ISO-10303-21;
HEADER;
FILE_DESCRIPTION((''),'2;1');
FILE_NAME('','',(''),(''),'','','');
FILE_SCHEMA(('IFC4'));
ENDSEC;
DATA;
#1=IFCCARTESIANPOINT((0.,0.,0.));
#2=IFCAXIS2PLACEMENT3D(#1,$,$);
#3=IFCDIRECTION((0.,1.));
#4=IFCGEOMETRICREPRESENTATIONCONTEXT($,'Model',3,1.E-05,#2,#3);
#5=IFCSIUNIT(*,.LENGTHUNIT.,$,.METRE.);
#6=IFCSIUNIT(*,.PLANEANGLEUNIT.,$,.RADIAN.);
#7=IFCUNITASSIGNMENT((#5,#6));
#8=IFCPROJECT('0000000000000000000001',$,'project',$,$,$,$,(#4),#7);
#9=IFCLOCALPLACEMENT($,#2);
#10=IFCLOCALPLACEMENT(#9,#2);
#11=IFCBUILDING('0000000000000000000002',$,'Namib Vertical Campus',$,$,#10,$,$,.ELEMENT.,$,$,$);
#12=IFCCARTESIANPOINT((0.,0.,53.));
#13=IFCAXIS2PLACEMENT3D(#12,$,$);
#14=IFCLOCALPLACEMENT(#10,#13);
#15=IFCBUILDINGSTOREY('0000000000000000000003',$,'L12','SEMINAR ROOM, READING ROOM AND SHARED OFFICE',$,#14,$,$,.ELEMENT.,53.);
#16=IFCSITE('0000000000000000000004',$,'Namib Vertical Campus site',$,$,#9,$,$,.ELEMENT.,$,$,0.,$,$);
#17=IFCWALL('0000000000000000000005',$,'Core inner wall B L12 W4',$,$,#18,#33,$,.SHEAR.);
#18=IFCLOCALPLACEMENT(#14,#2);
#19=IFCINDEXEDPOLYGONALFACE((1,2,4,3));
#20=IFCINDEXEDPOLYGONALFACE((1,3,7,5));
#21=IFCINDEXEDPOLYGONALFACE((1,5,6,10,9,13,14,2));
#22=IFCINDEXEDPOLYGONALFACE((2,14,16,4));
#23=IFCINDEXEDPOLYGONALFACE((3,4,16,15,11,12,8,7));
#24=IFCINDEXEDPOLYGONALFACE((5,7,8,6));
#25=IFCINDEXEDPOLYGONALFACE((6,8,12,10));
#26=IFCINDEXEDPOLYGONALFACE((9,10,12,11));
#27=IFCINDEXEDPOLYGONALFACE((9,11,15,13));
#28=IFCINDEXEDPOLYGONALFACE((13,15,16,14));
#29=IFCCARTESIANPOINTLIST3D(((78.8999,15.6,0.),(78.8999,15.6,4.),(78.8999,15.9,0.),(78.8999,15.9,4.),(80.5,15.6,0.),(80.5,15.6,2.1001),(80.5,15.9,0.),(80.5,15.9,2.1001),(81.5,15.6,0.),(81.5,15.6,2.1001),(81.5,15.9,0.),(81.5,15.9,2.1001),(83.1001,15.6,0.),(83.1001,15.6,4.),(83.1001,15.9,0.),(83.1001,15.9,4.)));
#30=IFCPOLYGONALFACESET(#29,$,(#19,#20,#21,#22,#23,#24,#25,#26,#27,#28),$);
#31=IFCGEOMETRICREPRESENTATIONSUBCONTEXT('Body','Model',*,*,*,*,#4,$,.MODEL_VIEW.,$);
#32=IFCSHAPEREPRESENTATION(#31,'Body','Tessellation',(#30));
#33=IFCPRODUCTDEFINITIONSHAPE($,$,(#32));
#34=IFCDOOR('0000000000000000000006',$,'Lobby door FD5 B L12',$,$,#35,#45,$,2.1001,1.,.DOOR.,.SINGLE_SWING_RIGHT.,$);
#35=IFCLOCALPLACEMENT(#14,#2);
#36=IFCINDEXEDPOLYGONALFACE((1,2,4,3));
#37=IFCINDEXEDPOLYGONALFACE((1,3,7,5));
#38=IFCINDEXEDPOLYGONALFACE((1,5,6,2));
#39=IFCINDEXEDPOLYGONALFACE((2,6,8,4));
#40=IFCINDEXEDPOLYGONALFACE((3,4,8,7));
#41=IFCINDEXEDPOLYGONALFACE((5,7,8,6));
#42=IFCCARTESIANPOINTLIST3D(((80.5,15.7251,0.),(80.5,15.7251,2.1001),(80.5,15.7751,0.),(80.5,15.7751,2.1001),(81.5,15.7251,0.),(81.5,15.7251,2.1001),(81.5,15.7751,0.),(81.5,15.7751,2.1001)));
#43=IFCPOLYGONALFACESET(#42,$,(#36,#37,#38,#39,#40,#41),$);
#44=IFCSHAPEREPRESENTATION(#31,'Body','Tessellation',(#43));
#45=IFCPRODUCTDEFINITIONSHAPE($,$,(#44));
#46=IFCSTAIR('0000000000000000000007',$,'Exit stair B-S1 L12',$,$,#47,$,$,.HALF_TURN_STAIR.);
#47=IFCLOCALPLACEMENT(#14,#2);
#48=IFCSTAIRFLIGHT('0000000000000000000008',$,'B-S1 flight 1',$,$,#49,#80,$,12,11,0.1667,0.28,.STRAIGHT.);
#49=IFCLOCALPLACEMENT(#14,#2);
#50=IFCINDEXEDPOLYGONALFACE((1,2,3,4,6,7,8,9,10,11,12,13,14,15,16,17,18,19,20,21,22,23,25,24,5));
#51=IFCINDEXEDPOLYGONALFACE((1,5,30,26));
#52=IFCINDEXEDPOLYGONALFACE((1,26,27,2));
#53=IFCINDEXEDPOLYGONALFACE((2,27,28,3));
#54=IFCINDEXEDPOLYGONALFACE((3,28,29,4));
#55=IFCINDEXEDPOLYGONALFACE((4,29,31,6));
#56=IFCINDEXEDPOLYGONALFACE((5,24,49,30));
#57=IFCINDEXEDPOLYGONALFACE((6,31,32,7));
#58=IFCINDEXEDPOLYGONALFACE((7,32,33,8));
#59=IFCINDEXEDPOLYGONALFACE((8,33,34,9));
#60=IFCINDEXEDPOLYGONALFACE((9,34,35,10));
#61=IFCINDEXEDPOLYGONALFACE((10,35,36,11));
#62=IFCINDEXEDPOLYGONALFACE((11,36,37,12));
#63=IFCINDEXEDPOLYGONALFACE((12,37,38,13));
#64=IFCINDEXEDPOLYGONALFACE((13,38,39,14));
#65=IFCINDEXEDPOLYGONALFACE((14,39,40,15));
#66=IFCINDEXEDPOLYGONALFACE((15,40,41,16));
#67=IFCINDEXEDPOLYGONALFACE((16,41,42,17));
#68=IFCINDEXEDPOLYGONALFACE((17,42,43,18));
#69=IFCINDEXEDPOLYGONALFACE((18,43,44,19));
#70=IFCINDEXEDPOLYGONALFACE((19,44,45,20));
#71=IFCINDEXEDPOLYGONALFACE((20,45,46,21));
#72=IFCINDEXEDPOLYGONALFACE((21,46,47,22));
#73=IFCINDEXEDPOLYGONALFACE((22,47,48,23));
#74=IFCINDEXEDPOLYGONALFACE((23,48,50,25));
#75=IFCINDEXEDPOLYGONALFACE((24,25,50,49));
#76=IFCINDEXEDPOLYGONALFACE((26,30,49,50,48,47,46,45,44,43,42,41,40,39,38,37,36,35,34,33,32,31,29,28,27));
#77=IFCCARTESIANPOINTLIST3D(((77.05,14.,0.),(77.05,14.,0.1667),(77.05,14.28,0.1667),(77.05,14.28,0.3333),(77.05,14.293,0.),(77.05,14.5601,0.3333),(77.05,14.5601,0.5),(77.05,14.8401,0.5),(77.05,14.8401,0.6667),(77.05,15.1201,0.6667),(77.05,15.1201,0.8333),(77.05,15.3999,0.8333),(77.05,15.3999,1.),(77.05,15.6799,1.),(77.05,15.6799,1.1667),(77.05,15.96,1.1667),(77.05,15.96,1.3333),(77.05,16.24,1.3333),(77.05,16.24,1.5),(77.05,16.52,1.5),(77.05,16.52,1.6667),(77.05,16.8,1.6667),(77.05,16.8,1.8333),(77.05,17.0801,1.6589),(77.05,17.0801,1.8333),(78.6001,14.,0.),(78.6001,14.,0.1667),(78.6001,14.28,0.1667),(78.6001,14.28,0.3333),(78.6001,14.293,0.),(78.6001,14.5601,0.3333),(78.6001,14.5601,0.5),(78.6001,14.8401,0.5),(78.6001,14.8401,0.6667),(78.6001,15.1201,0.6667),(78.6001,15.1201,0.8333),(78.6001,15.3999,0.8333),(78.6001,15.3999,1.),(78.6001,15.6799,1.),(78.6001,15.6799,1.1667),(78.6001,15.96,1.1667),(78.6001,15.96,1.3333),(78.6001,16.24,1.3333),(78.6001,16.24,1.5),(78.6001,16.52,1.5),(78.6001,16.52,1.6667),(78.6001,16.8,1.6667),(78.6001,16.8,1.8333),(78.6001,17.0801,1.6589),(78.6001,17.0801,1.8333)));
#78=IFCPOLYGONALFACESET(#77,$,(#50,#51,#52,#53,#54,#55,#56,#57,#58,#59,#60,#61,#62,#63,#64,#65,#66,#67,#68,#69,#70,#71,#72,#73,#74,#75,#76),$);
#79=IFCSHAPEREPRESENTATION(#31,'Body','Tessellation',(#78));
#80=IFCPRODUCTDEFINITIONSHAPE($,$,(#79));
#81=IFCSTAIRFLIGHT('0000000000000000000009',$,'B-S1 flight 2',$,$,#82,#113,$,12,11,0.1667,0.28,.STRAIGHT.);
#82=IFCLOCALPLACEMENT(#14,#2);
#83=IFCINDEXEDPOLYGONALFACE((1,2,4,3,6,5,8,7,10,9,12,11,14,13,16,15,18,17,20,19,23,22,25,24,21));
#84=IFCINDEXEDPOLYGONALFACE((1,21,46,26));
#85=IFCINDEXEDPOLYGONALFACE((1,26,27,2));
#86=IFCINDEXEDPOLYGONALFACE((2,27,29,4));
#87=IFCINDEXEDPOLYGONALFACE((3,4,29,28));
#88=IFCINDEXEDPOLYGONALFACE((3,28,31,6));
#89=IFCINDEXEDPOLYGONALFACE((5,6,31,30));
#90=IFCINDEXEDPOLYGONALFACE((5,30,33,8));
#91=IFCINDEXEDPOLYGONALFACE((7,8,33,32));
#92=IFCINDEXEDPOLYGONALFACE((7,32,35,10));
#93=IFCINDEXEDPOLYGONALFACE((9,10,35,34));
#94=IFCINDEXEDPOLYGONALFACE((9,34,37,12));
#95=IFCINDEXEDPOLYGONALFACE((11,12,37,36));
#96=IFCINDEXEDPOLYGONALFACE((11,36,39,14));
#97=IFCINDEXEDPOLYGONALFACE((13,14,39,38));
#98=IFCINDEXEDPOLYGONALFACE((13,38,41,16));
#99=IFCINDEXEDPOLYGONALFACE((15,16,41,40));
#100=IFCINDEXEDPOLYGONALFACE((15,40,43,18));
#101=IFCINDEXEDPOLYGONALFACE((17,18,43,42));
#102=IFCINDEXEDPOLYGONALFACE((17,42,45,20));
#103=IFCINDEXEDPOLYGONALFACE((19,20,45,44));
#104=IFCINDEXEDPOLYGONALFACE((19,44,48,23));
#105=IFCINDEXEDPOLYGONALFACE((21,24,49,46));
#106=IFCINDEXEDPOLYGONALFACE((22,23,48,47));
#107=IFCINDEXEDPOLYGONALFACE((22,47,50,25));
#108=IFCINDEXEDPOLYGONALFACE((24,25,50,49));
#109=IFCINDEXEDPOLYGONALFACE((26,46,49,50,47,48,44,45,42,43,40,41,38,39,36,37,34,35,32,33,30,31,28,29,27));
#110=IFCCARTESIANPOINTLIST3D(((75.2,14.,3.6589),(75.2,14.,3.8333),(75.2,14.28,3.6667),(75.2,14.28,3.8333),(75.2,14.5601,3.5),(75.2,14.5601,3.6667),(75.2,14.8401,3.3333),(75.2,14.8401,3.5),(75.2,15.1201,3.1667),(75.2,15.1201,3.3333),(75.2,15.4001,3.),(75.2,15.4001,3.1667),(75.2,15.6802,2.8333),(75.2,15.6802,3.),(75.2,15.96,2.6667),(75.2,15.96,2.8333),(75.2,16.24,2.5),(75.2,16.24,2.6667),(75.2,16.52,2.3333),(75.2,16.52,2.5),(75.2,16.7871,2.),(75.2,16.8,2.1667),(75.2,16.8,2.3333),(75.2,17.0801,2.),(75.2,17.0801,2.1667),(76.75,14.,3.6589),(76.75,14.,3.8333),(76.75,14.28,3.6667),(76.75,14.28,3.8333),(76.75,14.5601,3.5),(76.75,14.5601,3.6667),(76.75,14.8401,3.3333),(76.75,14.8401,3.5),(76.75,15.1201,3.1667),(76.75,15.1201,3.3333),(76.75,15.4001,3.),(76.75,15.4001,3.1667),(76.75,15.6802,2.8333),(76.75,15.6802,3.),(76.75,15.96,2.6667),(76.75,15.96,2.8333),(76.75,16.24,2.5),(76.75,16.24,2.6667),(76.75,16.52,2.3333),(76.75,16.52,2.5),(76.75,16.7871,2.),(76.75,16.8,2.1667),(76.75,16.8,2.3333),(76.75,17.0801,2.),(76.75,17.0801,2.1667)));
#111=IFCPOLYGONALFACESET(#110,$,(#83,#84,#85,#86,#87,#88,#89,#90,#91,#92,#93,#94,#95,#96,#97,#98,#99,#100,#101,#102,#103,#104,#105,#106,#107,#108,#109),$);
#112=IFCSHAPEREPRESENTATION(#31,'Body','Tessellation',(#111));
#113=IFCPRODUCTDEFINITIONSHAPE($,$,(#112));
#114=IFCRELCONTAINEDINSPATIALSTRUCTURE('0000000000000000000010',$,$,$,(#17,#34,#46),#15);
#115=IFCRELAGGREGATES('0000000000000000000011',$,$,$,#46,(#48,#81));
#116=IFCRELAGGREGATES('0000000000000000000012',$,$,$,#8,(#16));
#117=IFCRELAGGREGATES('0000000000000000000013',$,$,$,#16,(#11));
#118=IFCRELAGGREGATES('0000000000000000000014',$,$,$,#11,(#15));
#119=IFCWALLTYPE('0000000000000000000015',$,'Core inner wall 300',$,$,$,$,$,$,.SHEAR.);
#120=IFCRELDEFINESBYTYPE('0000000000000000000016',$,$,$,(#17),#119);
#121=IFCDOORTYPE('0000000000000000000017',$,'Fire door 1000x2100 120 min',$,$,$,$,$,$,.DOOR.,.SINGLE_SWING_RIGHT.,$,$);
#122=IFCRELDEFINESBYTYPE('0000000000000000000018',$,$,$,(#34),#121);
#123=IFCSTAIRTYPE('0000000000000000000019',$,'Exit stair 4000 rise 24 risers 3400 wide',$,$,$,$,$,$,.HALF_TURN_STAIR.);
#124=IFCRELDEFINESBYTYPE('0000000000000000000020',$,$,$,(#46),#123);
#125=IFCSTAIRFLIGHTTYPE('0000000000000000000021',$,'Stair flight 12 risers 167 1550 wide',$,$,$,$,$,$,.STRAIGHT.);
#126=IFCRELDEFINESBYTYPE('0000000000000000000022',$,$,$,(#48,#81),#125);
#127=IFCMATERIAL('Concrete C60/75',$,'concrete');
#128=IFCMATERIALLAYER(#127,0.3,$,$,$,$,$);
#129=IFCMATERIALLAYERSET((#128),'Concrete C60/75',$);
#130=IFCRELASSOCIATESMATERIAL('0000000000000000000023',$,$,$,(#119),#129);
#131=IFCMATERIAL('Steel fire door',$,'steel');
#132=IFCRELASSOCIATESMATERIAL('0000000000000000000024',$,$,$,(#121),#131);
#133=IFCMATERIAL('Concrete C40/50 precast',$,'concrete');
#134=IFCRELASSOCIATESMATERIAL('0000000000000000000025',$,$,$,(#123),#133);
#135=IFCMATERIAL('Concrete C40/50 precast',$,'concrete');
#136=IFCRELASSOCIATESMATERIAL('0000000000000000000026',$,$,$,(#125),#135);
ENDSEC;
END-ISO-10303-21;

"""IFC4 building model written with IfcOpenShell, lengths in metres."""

from ifc_helpers import new_model, si_unit, direction, frame, frame_2d, origin, place, context, subcontext, project, spatial, polyline, rectangle, outline, extrude, material, layer, layer_set, type_object, element, fill, aggregate, save


model = new_model("IFC4")

# Units and contexts
model_context = context("Model", 3, precision=1e-05, world=origin(), true_north=direction((0.0, 1.0)))
body_context = subcontext(model_context, "Body", "Model", "MODEL_VIEW")
ifc_project = project(units=[si_unit("LENGTHUNIT", "METRE"), si_unit("PLANEANGLEUNIT", "RADIAN")], contexts=[model_context])

# Site, building, storey
site_placement = place(None, origin())
site = spatial("IfcSite", under=ifc_project, at=site_placement, Name="Namib Vertical Campus site", CompositionType="ELEMENT", RefElevation=0.0)
building_placement = place(site_placement, origin())
building = spatial("IfcBuilding", under=site, at=building_placement, Name="Namib Vertical Campus", CompositionType="ELEMENT")
storey_placement = place(building_placement, frame((0.0, 0.0, 53.0)))
storey = spatial("IfcBuildingStorey", under=building, at=storey_placement, Name="L12", Description="SEMINAR ROOM, READING ROOM AND SHARED OFFICE", CompositionType="ELEMENT", Elevation=53.0)

# Shared definitions
ifc_material_1 = material(Name="Concrete C60/75", Category="concrete")
ifc_layer = layer(ifc_material_1, 0.3)
ifc_layer_set = layer_set([ifc_layer], Name="Concrete C60/75")
wall_type = type_object("IfcWallType", Name="Core inner wall 300", PredefinedType="SHEAR", material=ifc_layer_set)

# Wall, opening, door
wall_1_placement = place(storey_placement, frame((78.8999, 15.75, 0.0), z_axis=(0.0, 0.0, 1.0), x_axis=(1.0, 0.0, 0.0)))
wall_1 = element("IfcWall", 1, at=wall_1_placement, inside=storey, type_object=wall_type, Name="Core inner wall B L12 W4", PredefinedType="SHEAR", context=body_context, shape_type="SweptSolid", body=[
    extrude(rectangle(XDim=4.2002, YDim=0.3, at=frame_2d((2.1001, 0.0))), origin(), (0.0, 0.0, 1.0), 4.0),
])
opening_1_placement = place(wall_1_placement, frame((1.6001, 0.0, 0.0)))
opening_1 = element("IfcOpeningElement", 2, at=opening_1_placement, cuts=wall_1, PredefinedType="OPENING", context=body_context, shape_type="SweptSolid", body=[
    extrude(rectangle(XDim=1.0, YDim=2.1001, at=frame_2d((0.5, 1.05))), frame((0.0, 0.1599, 0.0), z_axis=(0.0, -1.0, 0.0), x_axis=(1.0, 0.0, 0.0)), (0.0, 0.0, 1.0), 0.3201),
])
ifc_material_2 = material(Name="Steel fire door", Category="steel")
door_type_1 = type_object("IfcDoorType", Name="Fire door 1000x2100 120 min", OperationType="SINGLE_SWING_RIGHT", PredefinedType="DOOR", material=ifc_material_2)
door_1_placement = place(opening_1_placement, frame((1.0, 0.0, 0.0), z_axis=(0.0, 0.0, 1.0), x_axis=(-1.0, 0.0, 0.0)))
door_1 = element("IfcDoor", 3, at=door_1_placement, inside=storey, type_object=door_type_1, Name="Lobby door FD5 B L12", OperationType="SINGLE_SWING_RIGHT", OverallHeight=2.1001, OverallWidth=1.0, PredefinedType="DOOR", context=body_context, shape_type="SweptSolid", body=[
    extrude(rectangle(XDim=1.0, YDim=2.1001, at=frame_2d((0.5, 1.05))), frame((0.0, 0.0249, 0.0), z_axis=(0.0, -1.0, 0.0), x_axis=(1.0, 0.0, 0.0)), (0.0, 0.0, 1.0), 0.05),
])
fill(opening_1, door_1)

# Stair, stair flights
ifc_material_3 = material(Name="Concrete C40/50 precast", Category="concrete")
stair_type = type_object("IfcStairType", Name="Exit stair 4000 rise 24 risers 3400 wide", PredefinedType="HALF_TURN_STAIR", material=ifc_material_3)
stair_placement = place(storey_placement, origin())
stair = element("IfcStair", 4, at=stair_placement, inside=storey, type_object=stair_type, Name="Exit stair B-S1 L12", PredefinedType="HALF_TURN_STAIR")
ifc_material_4 = material(Name="Concrete C40/50 precast", Category="concrete")
stair_flight_type = type_object("IfcStairFlightType", Name="Stair flight 12 risers 167 1550 wide", PredefinedType="STRAIGHT", material=ifc_material_4)
stair_flight_1_placement = place(storey_placement, frame((77.825, 14.0, 0.0), z_axis=(0.0, 0.0, 1.0), x_axis=(0.0, 1.0, 0.0)))
stair_flight_1 = element("IfcStairFlight", 5, at=stair_flight_1_placement, type_object=stair_flight_type, Name="B-S1 flight 1", NumberOfRisers=12, NumberOfTreads=11, PredefinedType="STRAIGHT", RiserHeight=0.1667, TreadLength=0.28, context=body_context, shape_type="SweptSolid", body=[
    extrude(outline(polyline([(0.0, 0.0), (0.0, 0.1667), (0.28, 0.1667), (0.28, 0.3333), (0.5601, 0.3333), (0.5601, 0.5), (0.8401, 0.5), (0.8401, 0.6667), (1.1201, 0.6667), (1.1201, 0.8333), (1.3999, 0.8333), (1.3999, 1.0), (1.6799, 1.0), (1.6799, 1.1667), (1.96, 1.1667), (1.96, 1.3333), (2.24, 1.3333), (2.24, 1.5), (2.52, 1.5), (2.52, 1.6667), (2.8, 1.6667), (2.8, 1.8333), (3.0801, 1.8333), (3.0801, 2.0), (3.0801, 1.6589), (0.293, 0.0), (0.0, 0.0)])), frame((0.0, 0.7749, 0.0), z_axis=(0.0, -1.0, 0.0), x_axis=(1.0, 0.0, 0.0)), (0.0, 0.0, 1.0), 1.55),
])
stair_flight_2_placement = place(storey_placement, frame((75.9751, 17.0801, 2.0), z_axis=(0.0, 0.0, 1.0), x_axis=(0.0, -1.0, 0.0)))
stair_flight_2 = element("IfcStairFlight", 6, at=stair_flight_2_placement, type_object=stair_flight_type, Name="B-S1 flight 2", NumberOfRisers=12, NumberOfTreads=11, PredefinedType="STRAIGHT", RiserHeight=0.1667, TreadLength=0.28, context=body_context, shape_type="SweptSolid", body=[
    extrude(outline(polyline([(0.0, 0.0), (0.0, 0.1667), (0.28, 0.1667), (0.28, 0.3333), (0.5601, 0.3333), (0.5601, 0.5), (0.8401, 0.5), (0.8401, 0.6667), (1.1201, 0.6667), (1.1201, 0.8333), (1.3999, 0.8333), (1.3999, 1.0), (1.6799, 1.0), (1.6799, 1.1667), (1.96, 1.1667), (1.96, 1.3333), (2.24, 1.3333), (2.24, 1.5), (2.52, 1.5), (2.52, 1.6667), (2.8, 1.6667), (2.8, 1.8333), (3.0801, 1.8333), (3.0801, 2.0), (3.0801, 1.6589), (0.293, 0.0), (0.0, 0.0)])), frame((0.0, 0.7749, 0.0), z_axis=(0.0, -1.0, 0.0), x_axis=(1.0, 0.0, 0.0)), (0.0, 0.0, 1.0), 1.55),
])
aggregate(stair, [stair_flight_1, stair_flight_2])

save(model, "model.ifc")
